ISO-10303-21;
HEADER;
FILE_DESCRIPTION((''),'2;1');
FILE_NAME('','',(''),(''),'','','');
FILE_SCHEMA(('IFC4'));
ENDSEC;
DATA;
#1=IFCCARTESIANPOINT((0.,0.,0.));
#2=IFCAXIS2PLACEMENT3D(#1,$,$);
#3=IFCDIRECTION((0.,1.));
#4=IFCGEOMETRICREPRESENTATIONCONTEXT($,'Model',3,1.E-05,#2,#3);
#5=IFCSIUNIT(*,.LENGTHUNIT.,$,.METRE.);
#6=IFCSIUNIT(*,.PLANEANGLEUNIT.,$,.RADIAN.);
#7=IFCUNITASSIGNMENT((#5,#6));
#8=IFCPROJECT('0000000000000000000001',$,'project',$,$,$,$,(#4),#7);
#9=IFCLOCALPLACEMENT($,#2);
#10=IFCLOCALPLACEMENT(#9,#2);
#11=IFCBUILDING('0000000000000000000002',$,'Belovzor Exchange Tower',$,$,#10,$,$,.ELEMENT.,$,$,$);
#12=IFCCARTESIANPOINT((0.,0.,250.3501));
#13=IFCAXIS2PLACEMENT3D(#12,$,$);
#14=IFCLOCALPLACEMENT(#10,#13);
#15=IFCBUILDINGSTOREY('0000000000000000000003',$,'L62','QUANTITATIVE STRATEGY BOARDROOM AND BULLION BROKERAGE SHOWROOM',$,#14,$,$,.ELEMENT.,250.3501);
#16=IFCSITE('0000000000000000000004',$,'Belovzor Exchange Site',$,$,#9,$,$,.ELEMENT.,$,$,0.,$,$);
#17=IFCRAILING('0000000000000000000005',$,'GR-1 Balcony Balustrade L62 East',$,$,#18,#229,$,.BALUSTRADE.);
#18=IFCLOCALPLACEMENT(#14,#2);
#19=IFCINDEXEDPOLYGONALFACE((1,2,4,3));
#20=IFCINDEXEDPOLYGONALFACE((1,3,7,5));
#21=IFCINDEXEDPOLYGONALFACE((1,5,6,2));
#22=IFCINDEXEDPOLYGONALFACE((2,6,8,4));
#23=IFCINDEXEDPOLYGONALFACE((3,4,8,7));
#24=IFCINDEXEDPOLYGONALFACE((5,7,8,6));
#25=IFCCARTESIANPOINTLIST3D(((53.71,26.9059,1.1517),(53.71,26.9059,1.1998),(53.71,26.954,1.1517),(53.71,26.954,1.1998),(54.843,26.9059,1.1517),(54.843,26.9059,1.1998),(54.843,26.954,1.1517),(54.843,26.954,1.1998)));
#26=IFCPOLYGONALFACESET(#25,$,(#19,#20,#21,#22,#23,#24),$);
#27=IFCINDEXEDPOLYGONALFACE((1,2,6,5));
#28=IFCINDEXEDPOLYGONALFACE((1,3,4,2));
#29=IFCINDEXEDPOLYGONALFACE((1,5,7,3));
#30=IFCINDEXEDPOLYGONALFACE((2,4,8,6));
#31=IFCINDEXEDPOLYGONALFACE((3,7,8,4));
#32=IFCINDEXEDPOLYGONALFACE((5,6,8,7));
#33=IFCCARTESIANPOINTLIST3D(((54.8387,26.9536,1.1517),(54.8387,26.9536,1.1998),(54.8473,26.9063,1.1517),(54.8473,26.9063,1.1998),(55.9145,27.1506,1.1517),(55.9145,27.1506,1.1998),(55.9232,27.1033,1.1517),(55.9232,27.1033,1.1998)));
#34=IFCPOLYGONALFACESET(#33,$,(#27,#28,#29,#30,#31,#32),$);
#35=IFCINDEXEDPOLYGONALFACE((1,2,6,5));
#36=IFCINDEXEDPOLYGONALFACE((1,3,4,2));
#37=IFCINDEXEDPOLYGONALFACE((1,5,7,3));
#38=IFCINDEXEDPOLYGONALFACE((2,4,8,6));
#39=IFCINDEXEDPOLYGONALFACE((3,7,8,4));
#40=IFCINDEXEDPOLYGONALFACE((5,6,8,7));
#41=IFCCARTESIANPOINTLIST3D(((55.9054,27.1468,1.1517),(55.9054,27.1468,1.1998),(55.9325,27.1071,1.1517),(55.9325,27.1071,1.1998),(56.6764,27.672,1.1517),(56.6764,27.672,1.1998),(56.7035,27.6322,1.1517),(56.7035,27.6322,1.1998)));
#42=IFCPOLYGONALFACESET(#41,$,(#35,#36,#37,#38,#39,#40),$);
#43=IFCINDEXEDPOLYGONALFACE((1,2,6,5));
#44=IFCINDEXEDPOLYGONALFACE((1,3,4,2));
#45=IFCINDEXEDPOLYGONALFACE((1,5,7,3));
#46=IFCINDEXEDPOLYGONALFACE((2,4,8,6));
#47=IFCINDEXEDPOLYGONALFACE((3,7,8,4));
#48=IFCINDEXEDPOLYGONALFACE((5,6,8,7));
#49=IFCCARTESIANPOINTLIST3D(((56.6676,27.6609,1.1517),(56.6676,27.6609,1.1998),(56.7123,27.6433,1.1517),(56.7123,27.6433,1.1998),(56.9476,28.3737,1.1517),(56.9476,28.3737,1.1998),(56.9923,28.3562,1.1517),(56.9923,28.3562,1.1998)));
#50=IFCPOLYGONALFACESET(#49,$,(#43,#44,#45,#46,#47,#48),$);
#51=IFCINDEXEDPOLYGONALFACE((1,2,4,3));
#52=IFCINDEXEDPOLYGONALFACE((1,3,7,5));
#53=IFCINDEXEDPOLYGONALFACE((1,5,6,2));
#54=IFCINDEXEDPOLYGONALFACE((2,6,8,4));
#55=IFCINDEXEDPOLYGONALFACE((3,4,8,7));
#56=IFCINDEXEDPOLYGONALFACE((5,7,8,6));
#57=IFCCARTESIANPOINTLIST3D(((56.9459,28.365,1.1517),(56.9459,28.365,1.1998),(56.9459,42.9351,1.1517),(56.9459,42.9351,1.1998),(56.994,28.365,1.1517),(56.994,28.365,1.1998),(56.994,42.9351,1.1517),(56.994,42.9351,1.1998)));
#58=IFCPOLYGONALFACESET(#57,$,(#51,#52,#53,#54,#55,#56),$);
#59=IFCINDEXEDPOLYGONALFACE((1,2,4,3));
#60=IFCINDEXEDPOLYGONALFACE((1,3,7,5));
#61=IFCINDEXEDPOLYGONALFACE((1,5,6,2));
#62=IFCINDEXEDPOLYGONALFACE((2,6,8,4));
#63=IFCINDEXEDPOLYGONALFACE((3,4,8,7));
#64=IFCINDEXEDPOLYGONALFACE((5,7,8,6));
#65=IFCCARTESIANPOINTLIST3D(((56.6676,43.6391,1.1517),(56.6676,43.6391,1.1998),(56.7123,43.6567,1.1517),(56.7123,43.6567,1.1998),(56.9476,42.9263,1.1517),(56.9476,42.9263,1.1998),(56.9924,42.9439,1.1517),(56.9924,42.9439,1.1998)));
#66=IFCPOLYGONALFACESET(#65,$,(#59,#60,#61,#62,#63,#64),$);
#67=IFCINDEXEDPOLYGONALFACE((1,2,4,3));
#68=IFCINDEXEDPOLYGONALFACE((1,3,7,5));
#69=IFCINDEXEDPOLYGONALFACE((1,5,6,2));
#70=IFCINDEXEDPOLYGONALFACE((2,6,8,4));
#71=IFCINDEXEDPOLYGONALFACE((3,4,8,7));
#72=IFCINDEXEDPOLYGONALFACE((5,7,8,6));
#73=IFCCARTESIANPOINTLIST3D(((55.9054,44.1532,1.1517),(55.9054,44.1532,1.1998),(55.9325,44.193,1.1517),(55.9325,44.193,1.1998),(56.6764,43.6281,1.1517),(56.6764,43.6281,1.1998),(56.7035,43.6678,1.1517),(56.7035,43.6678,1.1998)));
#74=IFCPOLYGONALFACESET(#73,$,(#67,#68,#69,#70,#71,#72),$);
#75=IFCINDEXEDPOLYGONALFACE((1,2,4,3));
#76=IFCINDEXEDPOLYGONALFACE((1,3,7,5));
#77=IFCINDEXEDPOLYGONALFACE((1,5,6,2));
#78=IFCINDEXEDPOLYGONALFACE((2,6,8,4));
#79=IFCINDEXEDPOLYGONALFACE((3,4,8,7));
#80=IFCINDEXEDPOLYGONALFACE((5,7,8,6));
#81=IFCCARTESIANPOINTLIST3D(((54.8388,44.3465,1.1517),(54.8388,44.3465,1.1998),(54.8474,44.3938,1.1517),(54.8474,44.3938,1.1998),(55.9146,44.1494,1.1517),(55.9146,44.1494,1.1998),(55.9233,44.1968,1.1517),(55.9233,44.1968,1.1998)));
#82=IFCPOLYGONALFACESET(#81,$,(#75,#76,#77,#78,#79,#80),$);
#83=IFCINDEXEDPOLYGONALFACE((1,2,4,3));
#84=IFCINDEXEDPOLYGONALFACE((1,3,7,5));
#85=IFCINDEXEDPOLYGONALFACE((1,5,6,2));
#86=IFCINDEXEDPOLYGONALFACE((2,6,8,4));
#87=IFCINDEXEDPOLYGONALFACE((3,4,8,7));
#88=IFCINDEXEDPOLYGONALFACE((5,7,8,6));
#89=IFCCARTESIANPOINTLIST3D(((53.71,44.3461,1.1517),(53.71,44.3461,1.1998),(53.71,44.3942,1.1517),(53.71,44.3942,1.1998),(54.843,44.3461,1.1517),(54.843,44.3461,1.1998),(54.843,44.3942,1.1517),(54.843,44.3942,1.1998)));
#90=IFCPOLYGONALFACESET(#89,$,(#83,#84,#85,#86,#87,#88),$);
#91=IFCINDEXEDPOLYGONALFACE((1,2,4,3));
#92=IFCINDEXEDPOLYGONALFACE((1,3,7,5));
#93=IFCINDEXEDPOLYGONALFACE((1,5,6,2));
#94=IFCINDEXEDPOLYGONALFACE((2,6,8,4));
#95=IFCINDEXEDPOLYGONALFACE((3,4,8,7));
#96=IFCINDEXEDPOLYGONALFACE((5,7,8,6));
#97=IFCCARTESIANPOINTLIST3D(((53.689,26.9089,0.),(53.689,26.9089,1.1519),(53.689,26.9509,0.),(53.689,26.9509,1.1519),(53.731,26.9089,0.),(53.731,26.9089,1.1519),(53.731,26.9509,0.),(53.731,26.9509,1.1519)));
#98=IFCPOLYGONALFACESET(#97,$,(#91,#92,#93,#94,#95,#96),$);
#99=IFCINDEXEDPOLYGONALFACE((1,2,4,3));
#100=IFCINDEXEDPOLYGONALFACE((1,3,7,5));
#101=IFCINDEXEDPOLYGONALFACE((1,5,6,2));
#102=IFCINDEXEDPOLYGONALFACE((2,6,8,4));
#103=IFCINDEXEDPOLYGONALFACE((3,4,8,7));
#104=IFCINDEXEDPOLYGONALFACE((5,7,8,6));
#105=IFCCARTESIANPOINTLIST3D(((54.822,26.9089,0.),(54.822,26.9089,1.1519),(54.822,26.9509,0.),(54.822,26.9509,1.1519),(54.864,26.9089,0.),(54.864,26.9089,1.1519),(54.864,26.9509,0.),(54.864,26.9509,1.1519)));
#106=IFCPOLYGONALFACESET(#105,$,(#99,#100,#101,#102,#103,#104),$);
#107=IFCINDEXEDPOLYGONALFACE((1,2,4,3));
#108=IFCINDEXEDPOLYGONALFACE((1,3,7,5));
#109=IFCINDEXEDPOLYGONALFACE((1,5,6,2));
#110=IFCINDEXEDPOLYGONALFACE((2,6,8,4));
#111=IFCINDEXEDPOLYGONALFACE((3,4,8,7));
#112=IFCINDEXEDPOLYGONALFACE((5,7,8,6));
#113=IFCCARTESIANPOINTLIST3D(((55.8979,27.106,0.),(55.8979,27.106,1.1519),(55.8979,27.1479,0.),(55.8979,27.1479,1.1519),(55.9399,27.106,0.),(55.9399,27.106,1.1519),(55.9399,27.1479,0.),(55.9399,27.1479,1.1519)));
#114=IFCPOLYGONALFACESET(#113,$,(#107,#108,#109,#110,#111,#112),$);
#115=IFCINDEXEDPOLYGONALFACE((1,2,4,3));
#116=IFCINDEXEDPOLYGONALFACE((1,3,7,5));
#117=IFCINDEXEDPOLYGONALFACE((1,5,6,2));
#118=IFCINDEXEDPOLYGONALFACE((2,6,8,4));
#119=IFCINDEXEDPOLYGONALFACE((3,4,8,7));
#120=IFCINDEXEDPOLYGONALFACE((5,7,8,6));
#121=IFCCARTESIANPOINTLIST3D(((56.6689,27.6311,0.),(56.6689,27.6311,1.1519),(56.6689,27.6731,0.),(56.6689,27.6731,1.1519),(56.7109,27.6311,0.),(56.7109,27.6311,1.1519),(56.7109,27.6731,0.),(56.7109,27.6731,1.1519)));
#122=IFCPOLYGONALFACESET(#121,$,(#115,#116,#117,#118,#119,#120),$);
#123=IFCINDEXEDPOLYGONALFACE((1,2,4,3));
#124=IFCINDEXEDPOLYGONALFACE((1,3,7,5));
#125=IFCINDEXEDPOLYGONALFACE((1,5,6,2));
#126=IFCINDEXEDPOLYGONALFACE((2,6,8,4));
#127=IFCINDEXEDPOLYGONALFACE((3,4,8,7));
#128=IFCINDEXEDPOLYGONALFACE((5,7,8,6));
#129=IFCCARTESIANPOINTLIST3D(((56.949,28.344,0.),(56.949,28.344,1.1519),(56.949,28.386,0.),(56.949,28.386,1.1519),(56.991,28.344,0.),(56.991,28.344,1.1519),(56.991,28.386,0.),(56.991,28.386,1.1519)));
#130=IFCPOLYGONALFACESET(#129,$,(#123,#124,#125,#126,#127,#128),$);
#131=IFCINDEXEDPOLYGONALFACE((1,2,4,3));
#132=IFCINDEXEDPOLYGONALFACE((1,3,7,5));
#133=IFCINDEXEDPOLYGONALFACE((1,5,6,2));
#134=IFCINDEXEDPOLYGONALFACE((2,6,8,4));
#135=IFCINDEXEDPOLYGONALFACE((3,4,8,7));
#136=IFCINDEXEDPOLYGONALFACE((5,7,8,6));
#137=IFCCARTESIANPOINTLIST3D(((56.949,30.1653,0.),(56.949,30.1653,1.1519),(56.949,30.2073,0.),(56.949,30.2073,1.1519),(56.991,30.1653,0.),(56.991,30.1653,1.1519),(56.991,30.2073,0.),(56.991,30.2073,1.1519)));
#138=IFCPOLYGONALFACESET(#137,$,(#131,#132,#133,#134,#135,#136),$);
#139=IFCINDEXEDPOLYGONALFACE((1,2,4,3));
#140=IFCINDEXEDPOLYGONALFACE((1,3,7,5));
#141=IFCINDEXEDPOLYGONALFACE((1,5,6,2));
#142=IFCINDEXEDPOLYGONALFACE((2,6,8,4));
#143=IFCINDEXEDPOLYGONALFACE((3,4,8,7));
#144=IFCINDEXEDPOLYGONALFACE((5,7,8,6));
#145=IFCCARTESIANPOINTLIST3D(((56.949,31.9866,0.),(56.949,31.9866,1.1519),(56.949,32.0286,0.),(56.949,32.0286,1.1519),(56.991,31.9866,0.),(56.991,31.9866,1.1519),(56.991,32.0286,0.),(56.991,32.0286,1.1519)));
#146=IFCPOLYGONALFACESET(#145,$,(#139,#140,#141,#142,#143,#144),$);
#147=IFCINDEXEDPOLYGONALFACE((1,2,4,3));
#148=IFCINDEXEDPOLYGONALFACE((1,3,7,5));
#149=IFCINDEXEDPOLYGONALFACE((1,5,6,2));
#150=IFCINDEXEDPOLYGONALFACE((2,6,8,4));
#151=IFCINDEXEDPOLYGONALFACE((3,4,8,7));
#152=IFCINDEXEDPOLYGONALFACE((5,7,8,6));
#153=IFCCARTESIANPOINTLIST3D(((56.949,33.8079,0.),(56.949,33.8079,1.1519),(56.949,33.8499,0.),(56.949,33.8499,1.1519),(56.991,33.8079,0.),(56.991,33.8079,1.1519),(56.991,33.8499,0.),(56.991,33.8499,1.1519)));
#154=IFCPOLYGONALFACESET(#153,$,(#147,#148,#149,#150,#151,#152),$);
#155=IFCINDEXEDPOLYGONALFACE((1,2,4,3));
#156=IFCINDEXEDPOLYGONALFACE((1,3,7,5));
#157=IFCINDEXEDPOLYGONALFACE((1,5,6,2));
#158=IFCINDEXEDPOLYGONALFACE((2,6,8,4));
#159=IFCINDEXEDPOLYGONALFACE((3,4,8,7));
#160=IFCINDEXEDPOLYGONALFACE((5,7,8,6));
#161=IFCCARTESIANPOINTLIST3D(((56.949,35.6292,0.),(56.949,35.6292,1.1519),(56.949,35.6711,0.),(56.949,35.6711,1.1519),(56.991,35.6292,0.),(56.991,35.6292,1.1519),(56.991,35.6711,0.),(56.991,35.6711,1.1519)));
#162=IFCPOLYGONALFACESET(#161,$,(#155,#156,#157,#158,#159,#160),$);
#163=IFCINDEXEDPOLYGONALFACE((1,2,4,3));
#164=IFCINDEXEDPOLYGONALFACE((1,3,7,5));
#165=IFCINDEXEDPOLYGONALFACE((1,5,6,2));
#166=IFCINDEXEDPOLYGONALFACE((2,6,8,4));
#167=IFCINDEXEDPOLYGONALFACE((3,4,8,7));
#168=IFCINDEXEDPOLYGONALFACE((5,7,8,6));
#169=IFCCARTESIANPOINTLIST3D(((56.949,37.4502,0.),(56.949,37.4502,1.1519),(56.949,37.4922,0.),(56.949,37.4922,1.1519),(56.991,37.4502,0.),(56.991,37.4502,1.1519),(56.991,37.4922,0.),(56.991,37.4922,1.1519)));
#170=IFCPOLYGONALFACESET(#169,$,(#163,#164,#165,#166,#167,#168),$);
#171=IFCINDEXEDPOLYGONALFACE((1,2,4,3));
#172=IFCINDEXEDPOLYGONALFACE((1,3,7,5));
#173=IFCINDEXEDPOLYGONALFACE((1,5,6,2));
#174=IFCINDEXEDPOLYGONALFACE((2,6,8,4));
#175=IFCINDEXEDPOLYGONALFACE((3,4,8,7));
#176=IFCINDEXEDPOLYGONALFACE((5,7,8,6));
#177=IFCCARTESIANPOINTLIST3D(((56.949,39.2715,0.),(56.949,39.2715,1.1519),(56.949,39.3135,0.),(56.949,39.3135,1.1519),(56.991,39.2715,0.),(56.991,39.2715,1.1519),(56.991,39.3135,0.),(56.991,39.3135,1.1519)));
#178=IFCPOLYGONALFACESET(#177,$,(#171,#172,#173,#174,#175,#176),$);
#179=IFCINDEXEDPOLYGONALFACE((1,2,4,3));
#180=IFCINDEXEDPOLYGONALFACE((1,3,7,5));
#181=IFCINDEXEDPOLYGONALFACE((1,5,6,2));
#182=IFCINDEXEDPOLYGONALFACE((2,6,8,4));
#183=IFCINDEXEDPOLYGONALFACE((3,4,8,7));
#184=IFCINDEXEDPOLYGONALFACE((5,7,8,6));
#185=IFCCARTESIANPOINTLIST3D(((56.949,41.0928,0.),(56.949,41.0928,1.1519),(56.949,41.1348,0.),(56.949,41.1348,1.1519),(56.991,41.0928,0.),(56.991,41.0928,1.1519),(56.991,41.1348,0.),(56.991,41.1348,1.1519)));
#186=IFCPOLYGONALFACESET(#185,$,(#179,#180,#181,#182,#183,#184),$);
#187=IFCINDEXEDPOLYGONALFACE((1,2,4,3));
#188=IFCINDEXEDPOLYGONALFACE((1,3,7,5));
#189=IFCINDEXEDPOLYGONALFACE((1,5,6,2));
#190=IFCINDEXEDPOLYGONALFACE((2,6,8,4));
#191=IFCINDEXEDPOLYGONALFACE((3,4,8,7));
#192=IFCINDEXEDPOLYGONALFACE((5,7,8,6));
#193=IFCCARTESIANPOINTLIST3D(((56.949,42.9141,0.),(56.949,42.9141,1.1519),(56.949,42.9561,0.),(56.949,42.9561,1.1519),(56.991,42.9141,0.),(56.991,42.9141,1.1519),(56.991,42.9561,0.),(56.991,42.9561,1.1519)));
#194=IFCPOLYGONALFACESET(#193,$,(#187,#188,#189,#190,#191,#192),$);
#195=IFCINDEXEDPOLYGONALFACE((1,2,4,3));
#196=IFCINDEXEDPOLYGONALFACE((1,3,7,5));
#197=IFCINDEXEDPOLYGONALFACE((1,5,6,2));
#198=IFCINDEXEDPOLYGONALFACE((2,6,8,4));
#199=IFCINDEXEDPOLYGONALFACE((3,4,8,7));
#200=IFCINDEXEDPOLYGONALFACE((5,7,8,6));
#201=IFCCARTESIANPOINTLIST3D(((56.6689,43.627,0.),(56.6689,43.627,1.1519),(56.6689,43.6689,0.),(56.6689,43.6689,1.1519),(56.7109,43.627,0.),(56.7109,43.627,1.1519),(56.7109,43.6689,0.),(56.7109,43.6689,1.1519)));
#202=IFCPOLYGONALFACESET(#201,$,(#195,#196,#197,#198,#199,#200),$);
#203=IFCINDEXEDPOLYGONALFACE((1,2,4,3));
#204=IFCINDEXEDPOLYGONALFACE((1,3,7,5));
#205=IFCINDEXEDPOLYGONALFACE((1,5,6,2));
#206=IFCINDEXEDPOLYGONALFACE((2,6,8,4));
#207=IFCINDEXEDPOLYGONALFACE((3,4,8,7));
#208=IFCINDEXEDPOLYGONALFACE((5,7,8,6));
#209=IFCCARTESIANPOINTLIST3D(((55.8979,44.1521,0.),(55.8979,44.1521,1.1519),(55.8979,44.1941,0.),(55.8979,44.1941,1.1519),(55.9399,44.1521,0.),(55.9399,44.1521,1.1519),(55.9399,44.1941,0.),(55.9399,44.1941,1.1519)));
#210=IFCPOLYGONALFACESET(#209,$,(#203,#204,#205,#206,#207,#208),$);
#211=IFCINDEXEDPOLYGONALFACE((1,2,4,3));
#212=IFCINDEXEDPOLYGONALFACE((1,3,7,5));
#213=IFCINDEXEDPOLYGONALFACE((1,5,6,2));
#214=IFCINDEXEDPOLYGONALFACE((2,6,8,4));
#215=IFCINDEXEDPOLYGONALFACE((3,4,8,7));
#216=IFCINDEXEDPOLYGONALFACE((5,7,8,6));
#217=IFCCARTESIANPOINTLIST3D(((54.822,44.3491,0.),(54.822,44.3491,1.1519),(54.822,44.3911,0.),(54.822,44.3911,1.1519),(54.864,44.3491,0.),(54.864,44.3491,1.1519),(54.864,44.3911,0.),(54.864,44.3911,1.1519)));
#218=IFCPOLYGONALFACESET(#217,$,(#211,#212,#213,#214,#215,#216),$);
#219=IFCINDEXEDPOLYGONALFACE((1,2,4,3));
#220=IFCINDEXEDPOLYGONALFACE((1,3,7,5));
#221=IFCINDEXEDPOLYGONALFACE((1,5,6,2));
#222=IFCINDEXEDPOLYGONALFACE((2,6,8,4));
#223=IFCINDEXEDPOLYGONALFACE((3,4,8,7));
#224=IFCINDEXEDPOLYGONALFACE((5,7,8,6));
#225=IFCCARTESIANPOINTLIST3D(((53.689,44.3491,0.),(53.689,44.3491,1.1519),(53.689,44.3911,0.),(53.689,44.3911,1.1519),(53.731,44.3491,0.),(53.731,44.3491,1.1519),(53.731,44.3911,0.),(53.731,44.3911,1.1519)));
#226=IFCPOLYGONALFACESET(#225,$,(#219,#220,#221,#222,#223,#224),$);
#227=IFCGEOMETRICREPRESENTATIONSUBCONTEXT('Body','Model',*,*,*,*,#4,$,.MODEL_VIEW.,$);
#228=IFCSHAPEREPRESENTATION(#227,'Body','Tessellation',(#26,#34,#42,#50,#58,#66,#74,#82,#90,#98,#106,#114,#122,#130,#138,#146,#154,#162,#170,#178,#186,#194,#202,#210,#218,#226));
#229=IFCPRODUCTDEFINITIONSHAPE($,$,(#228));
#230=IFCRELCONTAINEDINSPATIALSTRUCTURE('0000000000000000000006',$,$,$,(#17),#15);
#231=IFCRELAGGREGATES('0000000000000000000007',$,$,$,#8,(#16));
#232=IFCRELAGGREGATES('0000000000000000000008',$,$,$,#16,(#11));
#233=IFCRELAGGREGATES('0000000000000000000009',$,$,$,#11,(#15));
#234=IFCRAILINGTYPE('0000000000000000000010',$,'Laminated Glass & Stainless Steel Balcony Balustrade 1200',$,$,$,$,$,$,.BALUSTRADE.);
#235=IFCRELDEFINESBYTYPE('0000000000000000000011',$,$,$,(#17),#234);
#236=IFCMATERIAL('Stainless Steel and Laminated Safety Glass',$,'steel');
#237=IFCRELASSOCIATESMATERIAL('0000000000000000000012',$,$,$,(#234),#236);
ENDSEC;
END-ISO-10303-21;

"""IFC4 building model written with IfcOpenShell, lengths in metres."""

from ifc_helpers import new_model, si_unit, direction, frame, origin, origin_2d, place, context, subcontext, project, spatial, rectangle, extrude, material, type_object, element, save


model = new_model("IFC4")

# Units and contexts
model_context = context("Model", 3, precision=1e-05, world=origin(), true_north=direction((0.0, 1.0)))
body_context = subcontext(model_context, "Body", "Model", "MODEL_VIEW")
ifc_project = project(units=[si_unit("LENGTHUNIT", "METRE"), si_unit("PLANEANGLEUNIT", "RADIAN")], contexts=[model_context])

# Site, building, storey
site_placement = place(None, origin())
site = spatial("IfcSite", under=ifc_project, at=site_placement, Name="Belovzor Exchange Site", CompositionType="ELEMENT", RefElevation=0.0)
building_placement = place(site_placement, origin())
building = spatial("IfcBuilding", under=site, at=building_placement, Name="Belovzor Exchange Tower", CompositionType="ELEMENT")
storey_placement = place(building_placement, frame((0.0, 0.0, 250.3501)))
storey = spatial("IfcBuildingStorey", under=building, at=storey_placement, Name="L62", Description="QUANTITATIVE STRATEGY BOARDROOM AND BULLION BROKERAGE SHOWROOM", CompositionType="ELEMENT", Elevation=250.3501)

# Railing
ifc_material_1 = material(Name="Stainless Steel and Laminated Safety Glass", Category="steel")
railing_type = type_object("IfcRailingType", Name="Laminated Glass & Stainless Steel Balcony Balustrade 1200", PredefinedType="BALUSTRADE", material=ifc_material_1)
railing_placement = place(storey_placement, frame((53.71, 26.9299, 0.0)))
element("IfcRailing", 1, at=railing_placement, inside=storey, type_object=railing_type, Name="GR-1 Balcony Balustrade L62 East", PredefinedType="BALUSTRADE", context=body_context, shape_type="SweptSolid", body=[
    extrude(rectangle(XDim=0.0481, YDim=0.0481, at=origin_2d()), frame((0.0, 0.0, 1.1758), z_axis=(1.0, 0.0, 0.0), x_axis=(0.0, 1.0, 0.0)), (0.0, 0.0, 1.0), 1.1331),
    extrude(rectangle(XDim=0.0481, YDim=0.0481, at=origin_2d()), frame((1.1331, 0.0, 1.1758), z_axis=(0.983644, 0.180123, 0.0), x_axis=(-0.180123, 0.983644, 0.0)), (0.0, 0.0, 1.0), 1.0938),
    extrude(rectangle(XDim=0.0481, YDim=0.0481, at=origin_2d()), frame((2.209, 0.197, 1.1758), z_axis=(0.826493, 0.562947, 0.0), x_axis=(-0.562947, 0.826493, 0.0)), (0.0, 0.0, 1.0), 0.9329),
    extrude(rectangle(XDim=0.0481, YDim=0.0481, at=origin_2d()), frame((2.98, 0.7222, 1.1758), z_axis=(0.365613, 0.930767, 0.0), x_axis=(-0.930767, 0.365613, 0.0)), (0.0, 0.0, 1.0), 0.7659),
    extrude(rectangle(XDim=0.0481, YDim=0.0481, at=origin_2d()), frame((3.26, 1.4351, 1.1758), z_axis=(0.0, 1.0, 0.0), x_axis=(-1.0, 0.0, 0.0)), (0.0, 0.0, 1.0), 14.5701),
    extrude(rectangle(XDim=0.0481, YDim=0.0481, at=origin_2d()), frame((3.26, 16.0051, 1.1758), z_axis=(-0.365613, 0.930767, 0.0), x_axis=(-0.930767, -0.365613, 0.0)), (0.0, 0.0, 1.0), 0.7659),
    extrude(rectangle(XDim=0.0481, YDim=0.0481, at=origin_2d()), frame((2.98, 16.718, 1.1758), z_axis=(-0.826493, 0.562947, 0.0), x_axis=(-0.562947, -0.826493, 0.0)), (0.0, 0.0, 1.0), 0.9329),
    extrude(rectangle(XDim=0.0481, YDim=0.0481, at=origin_2d()), frame((2.209, 17.2432, 1.1758), z_axis=(-0.983644, 0.180123, 0.0), x_axis=(-0.180123, -0.983644, 0.0)), (0.0, 0.0, 1.0), 1.0938),
    extrude(rectangle(XDim=0.0481, YDim=0.0481, at=origin_2d()), frame((1.1331, 17.4402, 1.1758), z_axis=(-1.0, 0.0, 0.0), x_axis=(0.0, -1.0, 0.0)), (0.0, 0.0, 1.0), 1.1331),
    extrude(rectangle(XDim=0.042, YDim=0.042, at=origin_2d()), origin(), (0.0, 0.0, 1.0), 1.1519),
    extrude(rectangle(XDim=0.042, YDim=0.042, at=origin_2d()), frame((1.1331, 0.0, 0.0)), (0.0, 0.0, 1.0), 1.1519),
    extrude(rectangle(XDim=0.042, YDim=0.042, at=origin_2d()), frame((2.209, 0.197, 0.0)), (0.0, 0.0, 1.0), 1.1519),
    extrude(rectangle(XDim=0.042, YDim=0.042, at=origin_2d()), frame((2.98, 0.7222, 0.0)), (0.0, 0.0, 1.0), 1.1519),
    extrude(rectangle(XDim=0.042, YDim=0.042, at=origin_2d()), frame((3.26, 1.4351, 0.0)), (0.0, 0.0, 1.0), 1.1519),
    extrude(rectangle(XDim=0.042, YDim=0.042, at=origin_2d()), frame((3.26, 3.2563, 0.0)), (0.0, 0.0, 1.0), 1.1519),
    extrude(rectangle(XDim=0.042, YDim=0.042, at=origin_2d()), frame((3.26, 5.0776, 0.0)), (0.0, 0.0, 1.0), 1.1519),
    extrude(rectangle(XDim=0.042, YDim=0.042, at=origin_2d()), frame((3.26, 6.8989, 0.0)), (0.0, 0.0, 1.0), 1.1519),
    extrude(rectangle(XDim=0.042, YDim=0.042, at=origin_2d()), frame((3.26, 8.7202, 0.0)), (0.0, 0.0, 1.0), 1.1519),
    extrude(rectangle(XDim=0.042, YDim=0.042, at=origin_2d()), frame((3.26, 10.5413, 0.0)), (0.0, 0.0, 1.0), 1.1519),
    extrude(rectangle(XDim=0.042, YDim=0.042, at=origin_2d()), frame((3.26, 12.3625, 0.0)), (0.0, 0.0, 1.0), 1.1519),
    extrude(rectangle(XDim=0.042, YDim=0.042, at=origin_2d()), frame((3.26, 14.1838, 0.0)), (0.0, 0.0, 1.0), 1.1519),
    extrude(rectangle(XDim=0.042, YDim=0.042, at=origin_2d()), frame((3.26, 16.0051, 0.0)), (0.0, 0.0, 1.0), 1.1519),
    extrude(rectangle(XDim=0.042, YDim=0.042, at=origin_2d()), frame((2.98, 16.718, 0.0)), (0.0, 0.0, 1.0), 1.1519),
    extrude(rectangle(XDim=0.042, YDim=0.042, at=origin_2d()), frame((2.209, 17.2432, 0.0)), (0.0, 0.0, 1.0), 1.1519),
    extrude(rectangle(XDim=0.042, YDim=0.042, at=origin_2d()), frame((1.1331, 17.4402, 0.0)), (0.0, 0.0, 1.0), 1.1519),
    extrude(rectangle(XDim=0.042, YDim=0.042, at=origin_2d()), frame((0.0, 17.4402, 0.0)), (0.0, 0.0, 1.0), 1.1519),
])

save(model, "model.ifc")
